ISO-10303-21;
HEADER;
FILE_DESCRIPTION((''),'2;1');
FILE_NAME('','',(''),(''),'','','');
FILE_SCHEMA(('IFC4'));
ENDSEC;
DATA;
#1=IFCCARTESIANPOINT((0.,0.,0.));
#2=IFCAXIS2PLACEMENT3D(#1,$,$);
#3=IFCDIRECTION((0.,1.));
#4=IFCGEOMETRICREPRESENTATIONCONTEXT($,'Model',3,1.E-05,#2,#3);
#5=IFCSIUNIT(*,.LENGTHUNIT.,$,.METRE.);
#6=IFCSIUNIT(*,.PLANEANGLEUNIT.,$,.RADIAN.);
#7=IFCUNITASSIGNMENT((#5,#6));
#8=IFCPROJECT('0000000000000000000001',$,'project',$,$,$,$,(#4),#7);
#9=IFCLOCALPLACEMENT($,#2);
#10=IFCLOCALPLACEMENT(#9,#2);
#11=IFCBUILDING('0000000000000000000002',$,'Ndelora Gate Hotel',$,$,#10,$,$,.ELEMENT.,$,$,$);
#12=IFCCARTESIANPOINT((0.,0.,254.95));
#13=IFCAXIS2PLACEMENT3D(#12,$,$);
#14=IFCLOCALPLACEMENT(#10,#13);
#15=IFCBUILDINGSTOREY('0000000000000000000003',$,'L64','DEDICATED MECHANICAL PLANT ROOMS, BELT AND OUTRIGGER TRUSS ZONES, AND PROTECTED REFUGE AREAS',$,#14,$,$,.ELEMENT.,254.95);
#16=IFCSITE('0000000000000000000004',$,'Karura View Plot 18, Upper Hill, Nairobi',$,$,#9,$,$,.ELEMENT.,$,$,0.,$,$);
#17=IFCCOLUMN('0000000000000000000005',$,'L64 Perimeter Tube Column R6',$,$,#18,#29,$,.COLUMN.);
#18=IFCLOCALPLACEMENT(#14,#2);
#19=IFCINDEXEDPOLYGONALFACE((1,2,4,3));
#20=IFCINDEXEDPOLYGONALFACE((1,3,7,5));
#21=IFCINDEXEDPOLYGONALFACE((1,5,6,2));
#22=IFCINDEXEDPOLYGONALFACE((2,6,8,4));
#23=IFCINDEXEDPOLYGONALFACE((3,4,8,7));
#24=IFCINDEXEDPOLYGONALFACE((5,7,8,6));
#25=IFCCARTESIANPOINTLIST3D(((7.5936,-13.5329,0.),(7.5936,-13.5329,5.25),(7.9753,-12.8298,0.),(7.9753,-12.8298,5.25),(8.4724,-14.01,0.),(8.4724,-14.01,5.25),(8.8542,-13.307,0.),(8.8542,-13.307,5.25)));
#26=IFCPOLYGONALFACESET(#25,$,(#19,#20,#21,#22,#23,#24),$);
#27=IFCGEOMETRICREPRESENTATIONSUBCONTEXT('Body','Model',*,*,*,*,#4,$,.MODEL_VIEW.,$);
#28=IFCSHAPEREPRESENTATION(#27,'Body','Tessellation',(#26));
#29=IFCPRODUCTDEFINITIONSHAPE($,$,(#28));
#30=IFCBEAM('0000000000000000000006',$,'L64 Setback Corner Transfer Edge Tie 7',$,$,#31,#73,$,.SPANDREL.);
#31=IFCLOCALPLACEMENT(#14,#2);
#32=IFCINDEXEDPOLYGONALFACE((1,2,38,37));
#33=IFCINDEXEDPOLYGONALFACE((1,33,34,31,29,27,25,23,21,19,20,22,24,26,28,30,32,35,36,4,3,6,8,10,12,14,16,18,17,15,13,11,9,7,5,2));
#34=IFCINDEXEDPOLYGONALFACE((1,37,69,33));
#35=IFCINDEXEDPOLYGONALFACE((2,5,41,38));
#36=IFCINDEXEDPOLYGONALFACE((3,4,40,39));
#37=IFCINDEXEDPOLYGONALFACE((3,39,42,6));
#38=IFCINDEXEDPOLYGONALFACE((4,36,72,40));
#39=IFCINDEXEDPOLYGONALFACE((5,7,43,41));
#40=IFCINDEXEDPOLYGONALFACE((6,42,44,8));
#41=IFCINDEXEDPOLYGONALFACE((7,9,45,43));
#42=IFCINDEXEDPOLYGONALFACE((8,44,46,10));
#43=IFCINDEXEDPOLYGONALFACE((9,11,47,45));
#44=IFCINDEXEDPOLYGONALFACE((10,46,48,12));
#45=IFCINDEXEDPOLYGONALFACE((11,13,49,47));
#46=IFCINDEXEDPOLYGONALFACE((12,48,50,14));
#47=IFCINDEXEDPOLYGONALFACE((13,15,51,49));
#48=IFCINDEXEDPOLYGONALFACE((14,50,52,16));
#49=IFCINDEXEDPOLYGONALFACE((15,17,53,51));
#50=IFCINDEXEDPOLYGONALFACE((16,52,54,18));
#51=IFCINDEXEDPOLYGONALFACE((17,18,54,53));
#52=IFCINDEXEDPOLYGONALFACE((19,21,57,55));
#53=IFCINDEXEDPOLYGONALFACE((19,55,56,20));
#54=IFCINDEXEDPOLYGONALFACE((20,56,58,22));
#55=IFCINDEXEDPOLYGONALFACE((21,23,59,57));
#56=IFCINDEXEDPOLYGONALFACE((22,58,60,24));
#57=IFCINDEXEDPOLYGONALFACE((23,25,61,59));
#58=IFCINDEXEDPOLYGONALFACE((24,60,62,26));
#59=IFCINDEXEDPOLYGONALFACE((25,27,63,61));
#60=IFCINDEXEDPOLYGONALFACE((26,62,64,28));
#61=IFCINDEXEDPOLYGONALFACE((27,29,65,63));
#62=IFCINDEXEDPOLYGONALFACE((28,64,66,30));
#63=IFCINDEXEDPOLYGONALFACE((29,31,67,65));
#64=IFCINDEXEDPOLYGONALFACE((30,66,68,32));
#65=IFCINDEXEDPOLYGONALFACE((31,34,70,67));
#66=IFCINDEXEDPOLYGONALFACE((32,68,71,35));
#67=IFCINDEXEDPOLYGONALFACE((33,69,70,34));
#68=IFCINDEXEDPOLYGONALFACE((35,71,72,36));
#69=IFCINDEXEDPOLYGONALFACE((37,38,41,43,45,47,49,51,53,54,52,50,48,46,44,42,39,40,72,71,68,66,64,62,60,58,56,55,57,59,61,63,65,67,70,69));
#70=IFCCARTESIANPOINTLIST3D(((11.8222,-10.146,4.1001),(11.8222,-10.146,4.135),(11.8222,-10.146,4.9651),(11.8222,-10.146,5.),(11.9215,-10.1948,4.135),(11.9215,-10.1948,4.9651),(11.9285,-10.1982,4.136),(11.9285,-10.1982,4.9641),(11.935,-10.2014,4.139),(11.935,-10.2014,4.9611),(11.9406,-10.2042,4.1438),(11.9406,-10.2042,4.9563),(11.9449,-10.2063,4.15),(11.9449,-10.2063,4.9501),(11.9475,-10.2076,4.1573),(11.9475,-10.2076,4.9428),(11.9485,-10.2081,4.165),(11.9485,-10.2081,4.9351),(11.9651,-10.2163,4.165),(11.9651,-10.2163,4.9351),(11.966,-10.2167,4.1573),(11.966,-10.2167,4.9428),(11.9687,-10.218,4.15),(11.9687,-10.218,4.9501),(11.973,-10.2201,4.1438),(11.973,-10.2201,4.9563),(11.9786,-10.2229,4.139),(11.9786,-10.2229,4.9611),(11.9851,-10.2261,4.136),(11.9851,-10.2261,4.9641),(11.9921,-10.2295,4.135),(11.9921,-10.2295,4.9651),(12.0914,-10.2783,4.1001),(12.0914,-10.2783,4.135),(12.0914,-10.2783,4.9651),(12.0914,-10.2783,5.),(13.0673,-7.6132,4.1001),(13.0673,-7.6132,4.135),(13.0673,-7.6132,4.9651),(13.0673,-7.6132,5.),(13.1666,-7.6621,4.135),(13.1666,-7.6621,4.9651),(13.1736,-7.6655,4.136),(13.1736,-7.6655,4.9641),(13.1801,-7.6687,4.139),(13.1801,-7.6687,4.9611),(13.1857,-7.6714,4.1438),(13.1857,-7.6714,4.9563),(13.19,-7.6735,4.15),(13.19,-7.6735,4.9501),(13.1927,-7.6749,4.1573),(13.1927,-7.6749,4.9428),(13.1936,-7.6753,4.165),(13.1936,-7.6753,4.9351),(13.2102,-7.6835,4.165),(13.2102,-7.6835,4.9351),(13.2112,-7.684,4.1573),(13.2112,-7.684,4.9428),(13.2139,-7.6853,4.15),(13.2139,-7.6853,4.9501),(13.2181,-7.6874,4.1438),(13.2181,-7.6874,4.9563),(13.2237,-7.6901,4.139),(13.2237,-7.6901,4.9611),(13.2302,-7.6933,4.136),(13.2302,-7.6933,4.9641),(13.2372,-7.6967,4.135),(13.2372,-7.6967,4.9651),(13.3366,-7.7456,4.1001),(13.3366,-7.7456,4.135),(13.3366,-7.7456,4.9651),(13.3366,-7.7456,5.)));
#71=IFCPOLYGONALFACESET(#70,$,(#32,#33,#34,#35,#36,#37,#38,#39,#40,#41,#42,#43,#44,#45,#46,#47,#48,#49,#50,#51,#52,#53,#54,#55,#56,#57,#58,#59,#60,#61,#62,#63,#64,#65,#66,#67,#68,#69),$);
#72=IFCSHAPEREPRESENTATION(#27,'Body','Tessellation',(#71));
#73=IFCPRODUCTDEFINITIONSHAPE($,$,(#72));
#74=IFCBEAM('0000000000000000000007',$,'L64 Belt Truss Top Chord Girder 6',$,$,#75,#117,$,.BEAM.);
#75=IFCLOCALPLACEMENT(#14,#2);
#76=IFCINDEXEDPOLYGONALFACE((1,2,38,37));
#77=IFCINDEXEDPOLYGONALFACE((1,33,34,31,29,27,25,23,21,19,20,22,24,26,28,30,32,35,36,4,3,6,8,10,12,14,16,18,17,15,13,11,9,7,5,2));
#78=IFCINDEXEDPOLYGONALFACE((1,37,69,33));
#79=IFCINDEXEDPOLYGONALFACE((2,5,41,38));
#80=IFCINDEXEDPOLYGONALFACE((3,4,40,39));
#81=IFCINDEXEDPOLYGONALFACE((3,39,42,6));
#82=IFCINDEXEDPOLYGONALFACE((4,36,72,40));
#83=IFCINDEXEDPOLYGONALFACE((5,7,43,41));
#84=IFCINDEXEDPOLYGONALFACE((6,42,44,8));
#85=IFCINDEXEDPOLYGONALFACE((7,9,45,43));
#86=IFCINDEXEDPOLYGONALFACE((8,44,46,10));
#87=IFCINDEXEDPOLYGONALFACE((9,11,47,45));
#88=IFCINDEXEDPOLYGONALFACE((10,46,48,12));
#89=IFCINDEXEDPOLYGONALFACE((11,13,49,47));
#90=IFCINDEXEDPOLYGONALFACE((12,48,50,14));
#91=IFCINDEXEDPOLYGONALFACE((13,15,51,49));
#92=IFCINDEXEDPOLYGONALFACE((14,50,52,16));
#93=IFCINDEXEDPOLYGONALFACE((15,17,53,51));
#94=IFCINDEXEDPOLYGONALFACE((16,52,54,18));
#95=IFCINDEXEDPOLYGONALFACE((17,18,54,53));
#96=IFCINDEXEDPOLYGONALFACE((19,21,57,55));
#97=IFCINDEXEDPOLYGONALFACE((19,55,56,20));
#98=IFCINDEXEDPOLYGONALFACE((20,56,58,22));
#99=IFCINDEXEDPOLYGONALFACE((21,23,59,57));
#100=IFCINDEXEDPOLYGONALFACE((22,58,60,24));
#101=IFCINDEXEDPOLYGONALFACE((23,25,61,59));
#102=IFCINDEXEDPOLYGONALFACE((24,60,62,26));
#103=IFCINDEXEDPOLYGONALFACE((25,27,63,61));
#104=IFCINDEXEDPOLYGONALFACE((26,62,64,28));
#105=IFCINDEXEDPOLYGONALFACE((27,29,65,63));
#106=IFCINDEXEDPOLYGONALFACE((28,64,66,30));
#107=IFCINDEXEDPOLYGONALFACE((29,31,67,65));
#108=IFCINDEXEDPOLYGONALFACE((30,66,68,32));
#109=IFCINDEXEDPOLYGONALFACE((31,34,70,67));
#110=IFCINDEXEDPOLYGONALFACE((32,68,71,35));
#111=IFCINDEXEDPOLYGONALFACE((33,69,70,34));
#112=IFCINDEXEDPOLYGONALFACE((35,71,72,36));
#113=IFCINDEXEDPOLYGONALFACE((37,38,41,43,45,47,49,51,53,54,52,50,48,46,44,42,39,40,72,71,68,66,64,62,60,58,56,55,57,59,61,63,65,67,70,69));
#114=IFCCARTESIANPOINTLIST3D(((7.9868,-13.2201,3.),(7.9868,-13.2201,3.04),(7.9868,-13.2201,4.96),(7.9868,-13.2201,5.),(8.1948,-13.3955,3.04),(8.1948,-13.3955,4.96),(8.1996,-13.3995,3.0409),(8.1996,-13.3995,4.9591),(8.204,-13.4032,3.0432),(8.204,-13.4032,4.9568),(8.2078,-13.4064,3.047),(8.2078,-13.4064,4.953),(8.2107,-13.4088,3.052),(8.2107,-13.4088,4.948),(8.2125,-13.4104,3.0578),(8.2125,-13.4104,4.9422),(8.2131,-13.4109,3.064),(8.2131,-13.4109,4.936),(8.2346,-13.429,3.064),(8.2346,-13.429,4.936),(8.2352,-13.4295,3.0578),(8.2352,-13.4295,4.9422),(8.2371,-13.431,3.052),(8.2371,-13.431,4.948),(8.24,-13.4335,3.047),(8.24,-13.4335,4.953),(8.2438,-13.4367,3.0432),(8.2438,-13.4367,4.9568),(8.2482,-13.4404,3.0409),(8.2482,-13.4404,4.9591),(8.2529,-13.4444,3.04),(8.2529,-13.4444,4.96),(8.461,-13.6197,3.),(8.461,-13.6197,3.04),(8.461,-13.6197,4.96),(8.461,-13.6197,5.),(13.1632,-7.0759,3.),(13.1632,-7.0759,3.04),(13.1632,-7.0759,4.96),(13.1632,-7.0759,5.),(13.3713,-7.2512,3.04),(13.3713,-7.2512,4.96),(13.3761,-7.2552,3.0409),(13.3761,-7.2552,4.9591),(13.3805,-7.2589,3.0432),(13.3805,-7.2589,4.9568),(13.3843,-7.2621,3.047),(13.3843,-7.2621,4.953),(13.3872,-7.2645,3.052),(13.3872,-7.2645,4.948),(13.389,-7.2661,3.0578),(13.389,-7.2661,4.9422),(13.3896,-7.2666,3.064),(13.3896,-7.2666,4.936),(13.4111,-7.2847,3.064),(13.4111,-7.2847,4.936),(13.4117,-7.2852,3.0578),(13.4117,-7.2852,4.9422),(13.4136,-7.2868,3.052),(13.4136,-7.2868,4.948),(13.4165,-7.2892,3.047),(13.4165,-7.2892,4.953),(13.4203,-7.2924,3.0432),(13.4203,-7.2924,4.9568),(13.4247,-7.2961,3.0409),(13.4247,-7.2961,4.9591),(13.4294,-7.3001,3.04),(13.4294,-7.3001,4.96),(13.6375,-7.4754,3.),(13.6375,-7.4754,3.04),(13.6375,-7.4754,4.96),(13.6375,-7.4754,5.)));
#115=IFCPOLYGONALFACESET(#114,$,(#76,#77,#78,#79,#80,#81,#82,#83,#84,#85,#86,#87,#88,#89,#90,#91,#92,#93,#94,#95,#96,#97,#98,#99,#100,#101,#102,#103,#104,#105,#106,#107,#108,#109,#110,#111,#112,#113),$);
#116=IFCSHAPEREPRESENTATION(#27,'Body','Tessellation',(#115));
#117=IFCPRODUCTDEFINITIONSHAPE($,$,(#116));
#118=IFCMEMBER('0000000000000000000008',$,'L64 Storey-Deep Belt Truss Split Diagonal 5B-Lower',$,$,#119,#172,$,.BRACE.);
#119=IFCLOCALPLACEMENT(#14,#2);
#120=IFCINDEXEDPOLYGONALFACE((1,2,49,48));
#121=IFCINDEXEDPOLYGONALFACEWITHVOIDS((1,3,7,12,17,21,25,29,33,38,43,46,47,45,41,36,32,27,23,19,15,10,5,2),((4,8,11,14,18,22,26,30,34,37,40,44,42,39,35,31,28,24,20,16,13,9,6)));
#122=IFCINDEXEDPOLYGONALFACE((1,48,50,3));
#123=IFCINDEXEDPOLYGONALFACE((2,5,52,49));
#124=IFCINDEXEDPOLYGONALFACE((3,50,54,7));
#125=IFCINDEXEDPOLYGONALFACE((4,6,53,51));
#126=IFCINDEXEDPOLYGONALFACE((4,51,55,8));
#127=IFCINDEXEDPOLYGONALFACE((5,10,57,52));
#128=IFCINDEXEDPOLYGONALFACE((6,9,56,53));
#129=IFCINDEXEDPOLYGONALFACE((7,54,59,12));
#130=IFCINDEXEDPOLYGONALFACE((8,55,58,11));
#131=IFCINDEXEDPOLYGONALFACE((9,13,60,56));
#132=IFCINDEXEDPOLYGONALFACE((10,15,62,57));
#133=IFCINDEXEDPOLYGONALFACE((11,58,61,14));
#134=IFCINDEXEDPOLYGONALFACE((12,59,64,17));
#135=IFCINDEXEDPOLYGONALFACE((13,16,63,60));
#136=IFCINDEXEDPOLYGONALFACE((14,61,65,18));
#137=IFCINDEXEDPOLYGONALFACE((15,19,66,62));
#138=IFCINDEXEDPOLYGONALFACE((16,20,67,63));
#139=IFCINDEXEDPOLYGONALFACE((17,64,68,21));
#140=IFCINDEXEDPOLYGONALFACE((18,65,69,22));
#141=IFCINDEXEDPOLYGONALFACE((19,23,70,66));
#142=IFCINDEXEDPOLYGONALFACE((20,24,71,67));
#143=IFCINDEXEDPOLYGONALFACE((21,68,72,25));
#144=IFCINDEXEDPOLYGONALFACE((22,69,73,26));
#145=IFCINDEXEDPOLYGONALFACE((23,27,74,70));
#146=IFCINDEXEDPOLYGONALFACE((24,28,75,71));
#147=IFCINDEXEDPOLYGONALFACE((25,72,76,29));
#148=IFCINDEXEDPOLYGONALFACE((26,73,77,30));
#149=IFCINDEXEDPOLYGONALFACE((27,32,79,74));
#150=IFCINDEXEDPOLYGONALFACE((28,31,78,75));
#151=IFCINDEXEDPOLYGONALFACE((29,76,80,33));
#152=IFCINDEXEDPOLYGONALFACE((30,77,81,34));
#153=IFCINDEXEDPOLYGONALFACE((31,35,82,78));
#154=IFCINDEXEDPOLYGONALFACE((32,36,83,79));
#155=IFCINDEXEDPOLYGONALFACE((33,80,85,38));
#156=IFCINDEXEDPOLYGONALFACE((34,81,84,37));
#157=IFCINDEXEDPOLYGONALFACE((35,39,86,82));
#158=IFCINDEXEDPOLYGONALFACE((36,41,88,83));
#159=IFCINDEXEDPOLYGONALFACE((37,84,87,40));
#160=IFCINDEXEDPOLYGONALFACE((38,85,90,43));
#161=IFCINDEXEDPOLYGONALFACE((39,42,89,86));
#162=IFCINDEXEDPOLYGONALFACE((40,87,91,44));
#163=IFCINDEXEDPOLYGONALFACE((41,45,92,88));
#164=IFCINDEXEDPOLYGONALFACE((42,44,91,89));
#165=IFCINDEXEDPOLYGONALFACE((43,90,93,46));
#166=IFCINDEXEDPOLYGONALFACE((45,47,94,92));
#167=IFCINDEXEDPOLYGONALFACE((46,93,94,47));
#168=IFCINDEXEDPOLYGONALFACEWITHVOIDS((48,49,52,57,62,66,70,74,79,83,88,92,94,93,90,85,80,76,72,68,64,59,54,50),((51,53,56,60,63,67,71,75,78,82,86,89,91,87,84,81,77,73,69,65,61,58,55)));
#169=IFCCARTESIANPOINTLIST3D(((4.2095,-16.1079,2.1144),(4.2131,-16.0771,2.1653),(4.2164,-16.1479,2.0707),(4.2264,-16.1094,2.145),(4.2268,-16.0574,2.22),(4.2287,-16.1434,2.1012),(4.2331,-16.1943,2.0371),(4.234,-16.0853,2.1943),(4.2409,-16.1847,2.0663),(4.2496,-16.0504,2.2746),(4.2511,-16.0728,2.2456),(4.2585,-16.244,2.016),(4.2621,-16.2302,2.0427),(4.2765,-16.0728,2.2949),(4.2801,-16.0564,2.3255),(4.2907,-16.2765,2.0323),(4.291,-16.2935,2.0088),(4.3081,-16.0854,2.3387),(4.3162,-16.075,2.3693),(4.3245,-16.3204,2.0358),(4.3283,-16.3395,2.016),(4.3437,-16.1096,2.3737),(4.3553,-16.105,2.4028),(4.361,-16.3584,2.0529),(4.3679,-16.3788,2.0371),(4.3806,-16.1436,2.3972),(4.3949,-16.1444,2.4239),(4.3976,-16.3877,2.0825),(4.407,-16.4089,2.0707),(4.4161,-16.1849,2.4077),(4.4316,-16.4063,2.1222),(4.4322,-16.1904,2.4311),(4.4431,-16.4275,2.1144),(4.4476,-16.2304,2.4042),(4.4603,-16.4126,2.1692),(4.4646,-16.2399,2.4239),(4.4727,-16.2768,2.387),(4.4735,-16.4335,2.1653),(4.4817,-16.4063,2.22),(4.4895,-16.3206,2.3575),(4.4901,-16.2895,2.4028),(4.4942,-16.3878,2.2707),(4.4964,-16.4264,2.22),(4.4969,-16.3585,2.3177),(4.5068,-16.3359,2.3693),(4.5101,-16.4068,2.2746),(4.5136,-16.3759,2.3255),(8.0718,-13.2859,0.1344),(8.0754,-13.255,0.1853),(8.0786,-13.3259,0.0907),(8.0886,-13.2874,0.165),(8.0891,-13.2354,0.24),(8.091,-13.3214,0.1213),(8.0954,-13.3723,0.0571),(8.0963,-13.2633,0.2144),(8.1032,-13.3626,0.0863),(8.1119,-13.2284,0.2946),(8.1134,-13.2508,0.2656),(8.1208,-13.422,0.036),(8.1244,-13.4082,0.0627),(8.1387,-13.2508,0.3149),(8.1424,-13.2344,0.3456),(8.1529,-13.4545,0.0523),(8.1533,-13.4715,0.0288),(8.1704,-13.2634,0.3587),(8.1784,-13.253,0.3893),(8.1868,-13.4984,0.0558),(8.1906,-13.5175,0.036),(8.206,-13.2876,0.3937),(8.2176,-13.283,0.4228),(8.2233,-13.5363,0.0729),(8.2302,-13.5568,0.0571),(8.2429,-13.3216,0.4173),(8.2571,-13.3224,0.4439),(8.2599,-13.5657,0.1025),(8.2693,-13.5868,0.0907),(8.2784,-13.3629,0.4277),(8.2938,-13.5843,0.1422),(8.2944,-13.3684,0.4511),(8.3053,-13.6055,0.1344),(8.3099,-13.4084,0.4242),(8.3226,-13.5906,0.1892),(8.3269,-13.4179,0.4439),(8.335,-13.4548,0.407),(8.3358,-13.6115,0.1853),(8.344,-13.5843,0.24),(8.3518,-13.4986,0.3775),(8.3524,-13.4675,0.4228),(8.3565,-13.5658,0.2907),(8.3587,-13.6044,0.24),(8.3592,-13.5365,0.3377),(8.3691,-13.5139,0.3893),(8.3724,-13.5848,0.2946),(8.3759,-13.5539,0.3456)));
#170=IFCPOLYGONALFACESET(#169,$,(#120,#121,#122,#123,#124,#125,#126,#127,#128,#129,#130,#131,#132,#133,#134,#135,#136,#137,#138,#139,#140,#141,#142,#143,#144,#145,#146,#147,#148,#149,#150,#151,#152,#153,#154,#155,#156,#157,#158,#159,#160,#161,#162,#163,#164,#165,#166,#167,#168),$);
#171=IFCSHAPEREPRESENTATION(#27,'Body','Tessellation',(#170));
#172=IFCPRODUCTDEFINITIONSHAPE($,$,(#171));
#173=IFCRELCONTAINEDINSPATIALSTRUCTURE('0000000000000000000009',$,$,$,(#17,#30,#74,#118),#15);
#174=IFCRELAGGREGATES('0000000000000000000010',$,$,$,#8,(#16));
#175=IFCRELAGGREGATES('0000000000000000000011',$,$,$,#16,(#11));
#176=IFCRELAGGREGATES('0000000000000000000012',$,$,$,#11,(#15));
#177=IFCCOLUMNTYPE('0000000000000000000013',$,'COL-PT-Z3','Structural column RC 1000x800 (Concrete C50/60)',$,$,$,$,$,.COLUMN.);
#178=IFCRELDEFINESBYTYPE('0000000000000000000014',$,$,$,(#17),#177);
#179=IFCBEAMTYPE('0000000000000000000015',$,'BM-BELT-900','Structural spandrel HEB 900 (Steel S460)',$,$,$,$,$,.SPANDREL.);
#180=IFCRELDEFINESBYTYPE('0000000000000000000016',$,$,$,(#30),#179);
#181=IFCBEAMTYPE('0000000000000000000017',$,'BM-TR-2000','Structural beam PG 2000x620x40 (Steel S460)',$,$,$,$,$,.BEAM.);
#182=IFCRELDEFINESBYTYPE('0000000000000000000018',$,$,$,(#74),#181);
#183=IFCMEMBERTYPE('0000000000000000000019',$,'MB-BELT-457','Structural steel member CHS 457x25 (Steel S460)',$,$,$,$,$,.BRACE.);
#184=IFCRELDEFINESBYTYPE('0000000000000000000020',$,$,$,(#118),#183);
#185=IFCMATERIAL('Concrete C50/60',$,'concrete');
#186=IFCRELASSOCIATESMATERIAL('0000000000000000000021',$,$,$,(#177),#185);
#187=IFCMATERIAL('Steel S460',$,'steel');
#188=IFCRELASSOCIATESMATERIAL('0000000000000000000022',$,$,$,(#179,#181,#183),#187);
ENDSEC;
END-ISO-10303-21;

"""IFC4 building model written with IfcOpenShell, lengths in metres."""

from ifc_helpers import new_model, si_unit, direction, frame, origin, origin_2d, place, context, subcontext, project, spatial, rectangle, hollow_circle, i_section, extrude, material, material_profile, profile_set, type_object, element, save


model = new_model("IFC4")

# Units and contexts
model_context = context("Model", 3, precision=1e-05, world=origin(), true_north=direction((0.0, 1.0)))
body_context = subcontext(model_context, "Body", "Model", "MODEL_VIEW")
ifc_project = project(units=[si_unit("LENGTHUNIT", "METRE"), si_unit("PLANEANGLEUNIT", "RADIAN")], contexts=[model_context])

# Site, building, storey
site_placement = place(None, origin())
site = spatial("IfcSite", under=ifc_project, at=site_placement, Name="Karura View Plot 18, Upper Hill, Nairobi", CompositionType="ELEMENT", RefElevation=0.0)
building_placement = place(site_placement, origin())
building = spatial("IfcBuilding", under=site, at=building_placement, Name="Ndelora Gate Hotel", CompositionType="ELEMENT")
storey_placement = place(building_placement, frame((0.0, 0.0, 254.95)))
storey = spatial("IfcBuildingStorey", under=building, at=storey_placement, Name="L64", Description="DEDICATED MECHANICAL PLANT ROOMS, BELT AND OUTRIGGER TRUSS ZONES, AND PROTECTED REFUGE AREAS", CompositionType="ELEMENT", Elevation=254.95)

# Column
ifc_material_1 = material(Name="Concrete C50/60", Category="concrete")
ifc_material_profile_1 = material_profile(ifc_material_1, rectangle(XDim=0.8, YDim=1.0, at=origin_2d()), Name="RC 1000x800")
ifc_profile_set_1 = profile_set([ifc_material_profile_1], Name="Concrete C50/60")
column_type = type_object("IfcColumnType", Name="COL-PT-Z3", Description="Structural column RC 1000x800 (Concrete C50/60)", PredefinedType="COLUMN", material=ifc_profile_set_1)
column_placement = place(storey_placement, frame((8.2239, -13.4199, 0.0), z_axis=(0.0, 0.0, 1.0), x_axis=(0.477159, 0.878817, 0.0)))
element("IfcColumn", 1, at=column_placement, inside=storey, type_object=column_type, Name="L64 Perimeter Tube Column R6", PredefinedType="COLUMN", context=body_context, shape_type="SweptSolid", body=[
    extrude(rectangle(XDim=0.8, YDim=1.0, at=origin_2d()), origin(), (0.0, 0.0, 1.0), 5.25),
])

# Beams
ifc_material_2 = material(Name="Steel S460", Category="steel")
ifc_material_profile_2 = material_profile(ifc_material_2, i_section(OverallWidth=0.3, OverallDepth=0.8999, WebThickness=0.0186, FlangeThickness=0.0349, FilletRadius=0.03, at=origin_2d()), Name="HEB 900")
ifc_profile_set_2 = profile_set([ifc_material_profile_2], Name="Steel S460")
beam_type_1 = type_object("IfcBeamType", Name="BM-BELT-900", Description="Structural spandrel HEB 900 (Steel S460)", PredefinedType="SPANDREL", material=ifc_profile_set_2)
beam_1_placement = place(storey_placement, frame((11.9568, -10.2122, 4.55), z_axis=(0.441183, 0.897417, 0.0), x_axis=(-0.897417, 0.441183, 0.0)))
element("IfcBeam", 2, at=beam_1_placement, inside=storey, type_object=beam_type_1, Name="L64 Setback Corner Transfer Edge Tie 7", PredefinedType="SPANDREL", context=body_context, shape_type="SweptSolid", body=[
    extrude(i_section(OverallWidth=0.3, OverallDepth=0.8999, WebThickness=0.0186, FlangeThickness=0.0349, FilletRadius=0.03, at=origin_2d()), origin(), (0.0, 0.0, 1.0), 2.8223),
])
ifc_material_profile_3 = material_profile(ifc_material_2, i_section(OverallWidth=0.6201, OverallDepth=2.0, WebThickness=0.0281, FlangeThickness=0.04, FilletRadius=0.0239, at=origin_2d()), Name="PG 2000x620x40")
ifc_profile_set_3 = profile_set([ifc_material_profile_3], Name="Steel S460")
beam_type_2 = type_object("IfcBeamType", Name="BM-TR-2000", Description="Structural beam PG 2000x620x40 (Steel S460)", PredefinedType="BEAM", material=ifc_profile_set_3)
beam_2_placement = place(storey_placement, frame((8.2239, -13.4199, 4.0), z_axis=(0.644309, 0.764765, 0.0), x_axis=(-0.764765, 0.644309, 0.0)))
element("IfcBeam", 3, at=beam_2_placement, inside=storey, type_object=beam_type_2, Name="L64 Belt Truss Top Chord Girder 6", PredefinedType="BEAM", context=body_context, shape_type="SweptSolid", body=[
    extrude(i_section(OverallWidth=0.6201, OverallDepth=2.0, WebThickness=0.0281, FlangeThickness=0.04, FilletRadius=0.0239, at=origin_2d()), origin(), (0.0, 0.0, 1.0), 8.0342),
])

# Member
ifc_material_profile_4 = material_profile(ifc_material_2, hollow_circle(Radius=0.2285, WallThickness=0.0249, at=origin_2d()), Name="CHS 457x25")
ifc_profile_set_4 = profile_set([ifc_material_profile_4], Name="Steel S460")
member_type_1 = type_object("IfcMemberType", Name="MB-BELT-457", Description="Structural steel member CHS 457x25 (Steel S460)", PredefinedType="BRACE", material=ifc_profile_set_4)
member_1_placement = place(storey_placement, frame((8.2239, -13.4199, 0.24), z_axis=(-0.746048, -0.545105, 0.382456), x_axis=(0.589958, -0.807434, 0.0)))
element("IfcMember", 4, at=member_1_placement, inside=storey, type_object=member_type_1, Name="L64 Storey-Deep Belt Truss Split Diagonal 5B-Lower", PredefinedType="BRACE", context=body_context, shape_type="SweptSolid", body=[
    extrude(hollow_circle(Radius=0.2285, WallThickness=0.0249, at=origin_2d()), origin(), (0.0, 0.0, 1.0), 5.177),
])

save(model, "model.ifc")
